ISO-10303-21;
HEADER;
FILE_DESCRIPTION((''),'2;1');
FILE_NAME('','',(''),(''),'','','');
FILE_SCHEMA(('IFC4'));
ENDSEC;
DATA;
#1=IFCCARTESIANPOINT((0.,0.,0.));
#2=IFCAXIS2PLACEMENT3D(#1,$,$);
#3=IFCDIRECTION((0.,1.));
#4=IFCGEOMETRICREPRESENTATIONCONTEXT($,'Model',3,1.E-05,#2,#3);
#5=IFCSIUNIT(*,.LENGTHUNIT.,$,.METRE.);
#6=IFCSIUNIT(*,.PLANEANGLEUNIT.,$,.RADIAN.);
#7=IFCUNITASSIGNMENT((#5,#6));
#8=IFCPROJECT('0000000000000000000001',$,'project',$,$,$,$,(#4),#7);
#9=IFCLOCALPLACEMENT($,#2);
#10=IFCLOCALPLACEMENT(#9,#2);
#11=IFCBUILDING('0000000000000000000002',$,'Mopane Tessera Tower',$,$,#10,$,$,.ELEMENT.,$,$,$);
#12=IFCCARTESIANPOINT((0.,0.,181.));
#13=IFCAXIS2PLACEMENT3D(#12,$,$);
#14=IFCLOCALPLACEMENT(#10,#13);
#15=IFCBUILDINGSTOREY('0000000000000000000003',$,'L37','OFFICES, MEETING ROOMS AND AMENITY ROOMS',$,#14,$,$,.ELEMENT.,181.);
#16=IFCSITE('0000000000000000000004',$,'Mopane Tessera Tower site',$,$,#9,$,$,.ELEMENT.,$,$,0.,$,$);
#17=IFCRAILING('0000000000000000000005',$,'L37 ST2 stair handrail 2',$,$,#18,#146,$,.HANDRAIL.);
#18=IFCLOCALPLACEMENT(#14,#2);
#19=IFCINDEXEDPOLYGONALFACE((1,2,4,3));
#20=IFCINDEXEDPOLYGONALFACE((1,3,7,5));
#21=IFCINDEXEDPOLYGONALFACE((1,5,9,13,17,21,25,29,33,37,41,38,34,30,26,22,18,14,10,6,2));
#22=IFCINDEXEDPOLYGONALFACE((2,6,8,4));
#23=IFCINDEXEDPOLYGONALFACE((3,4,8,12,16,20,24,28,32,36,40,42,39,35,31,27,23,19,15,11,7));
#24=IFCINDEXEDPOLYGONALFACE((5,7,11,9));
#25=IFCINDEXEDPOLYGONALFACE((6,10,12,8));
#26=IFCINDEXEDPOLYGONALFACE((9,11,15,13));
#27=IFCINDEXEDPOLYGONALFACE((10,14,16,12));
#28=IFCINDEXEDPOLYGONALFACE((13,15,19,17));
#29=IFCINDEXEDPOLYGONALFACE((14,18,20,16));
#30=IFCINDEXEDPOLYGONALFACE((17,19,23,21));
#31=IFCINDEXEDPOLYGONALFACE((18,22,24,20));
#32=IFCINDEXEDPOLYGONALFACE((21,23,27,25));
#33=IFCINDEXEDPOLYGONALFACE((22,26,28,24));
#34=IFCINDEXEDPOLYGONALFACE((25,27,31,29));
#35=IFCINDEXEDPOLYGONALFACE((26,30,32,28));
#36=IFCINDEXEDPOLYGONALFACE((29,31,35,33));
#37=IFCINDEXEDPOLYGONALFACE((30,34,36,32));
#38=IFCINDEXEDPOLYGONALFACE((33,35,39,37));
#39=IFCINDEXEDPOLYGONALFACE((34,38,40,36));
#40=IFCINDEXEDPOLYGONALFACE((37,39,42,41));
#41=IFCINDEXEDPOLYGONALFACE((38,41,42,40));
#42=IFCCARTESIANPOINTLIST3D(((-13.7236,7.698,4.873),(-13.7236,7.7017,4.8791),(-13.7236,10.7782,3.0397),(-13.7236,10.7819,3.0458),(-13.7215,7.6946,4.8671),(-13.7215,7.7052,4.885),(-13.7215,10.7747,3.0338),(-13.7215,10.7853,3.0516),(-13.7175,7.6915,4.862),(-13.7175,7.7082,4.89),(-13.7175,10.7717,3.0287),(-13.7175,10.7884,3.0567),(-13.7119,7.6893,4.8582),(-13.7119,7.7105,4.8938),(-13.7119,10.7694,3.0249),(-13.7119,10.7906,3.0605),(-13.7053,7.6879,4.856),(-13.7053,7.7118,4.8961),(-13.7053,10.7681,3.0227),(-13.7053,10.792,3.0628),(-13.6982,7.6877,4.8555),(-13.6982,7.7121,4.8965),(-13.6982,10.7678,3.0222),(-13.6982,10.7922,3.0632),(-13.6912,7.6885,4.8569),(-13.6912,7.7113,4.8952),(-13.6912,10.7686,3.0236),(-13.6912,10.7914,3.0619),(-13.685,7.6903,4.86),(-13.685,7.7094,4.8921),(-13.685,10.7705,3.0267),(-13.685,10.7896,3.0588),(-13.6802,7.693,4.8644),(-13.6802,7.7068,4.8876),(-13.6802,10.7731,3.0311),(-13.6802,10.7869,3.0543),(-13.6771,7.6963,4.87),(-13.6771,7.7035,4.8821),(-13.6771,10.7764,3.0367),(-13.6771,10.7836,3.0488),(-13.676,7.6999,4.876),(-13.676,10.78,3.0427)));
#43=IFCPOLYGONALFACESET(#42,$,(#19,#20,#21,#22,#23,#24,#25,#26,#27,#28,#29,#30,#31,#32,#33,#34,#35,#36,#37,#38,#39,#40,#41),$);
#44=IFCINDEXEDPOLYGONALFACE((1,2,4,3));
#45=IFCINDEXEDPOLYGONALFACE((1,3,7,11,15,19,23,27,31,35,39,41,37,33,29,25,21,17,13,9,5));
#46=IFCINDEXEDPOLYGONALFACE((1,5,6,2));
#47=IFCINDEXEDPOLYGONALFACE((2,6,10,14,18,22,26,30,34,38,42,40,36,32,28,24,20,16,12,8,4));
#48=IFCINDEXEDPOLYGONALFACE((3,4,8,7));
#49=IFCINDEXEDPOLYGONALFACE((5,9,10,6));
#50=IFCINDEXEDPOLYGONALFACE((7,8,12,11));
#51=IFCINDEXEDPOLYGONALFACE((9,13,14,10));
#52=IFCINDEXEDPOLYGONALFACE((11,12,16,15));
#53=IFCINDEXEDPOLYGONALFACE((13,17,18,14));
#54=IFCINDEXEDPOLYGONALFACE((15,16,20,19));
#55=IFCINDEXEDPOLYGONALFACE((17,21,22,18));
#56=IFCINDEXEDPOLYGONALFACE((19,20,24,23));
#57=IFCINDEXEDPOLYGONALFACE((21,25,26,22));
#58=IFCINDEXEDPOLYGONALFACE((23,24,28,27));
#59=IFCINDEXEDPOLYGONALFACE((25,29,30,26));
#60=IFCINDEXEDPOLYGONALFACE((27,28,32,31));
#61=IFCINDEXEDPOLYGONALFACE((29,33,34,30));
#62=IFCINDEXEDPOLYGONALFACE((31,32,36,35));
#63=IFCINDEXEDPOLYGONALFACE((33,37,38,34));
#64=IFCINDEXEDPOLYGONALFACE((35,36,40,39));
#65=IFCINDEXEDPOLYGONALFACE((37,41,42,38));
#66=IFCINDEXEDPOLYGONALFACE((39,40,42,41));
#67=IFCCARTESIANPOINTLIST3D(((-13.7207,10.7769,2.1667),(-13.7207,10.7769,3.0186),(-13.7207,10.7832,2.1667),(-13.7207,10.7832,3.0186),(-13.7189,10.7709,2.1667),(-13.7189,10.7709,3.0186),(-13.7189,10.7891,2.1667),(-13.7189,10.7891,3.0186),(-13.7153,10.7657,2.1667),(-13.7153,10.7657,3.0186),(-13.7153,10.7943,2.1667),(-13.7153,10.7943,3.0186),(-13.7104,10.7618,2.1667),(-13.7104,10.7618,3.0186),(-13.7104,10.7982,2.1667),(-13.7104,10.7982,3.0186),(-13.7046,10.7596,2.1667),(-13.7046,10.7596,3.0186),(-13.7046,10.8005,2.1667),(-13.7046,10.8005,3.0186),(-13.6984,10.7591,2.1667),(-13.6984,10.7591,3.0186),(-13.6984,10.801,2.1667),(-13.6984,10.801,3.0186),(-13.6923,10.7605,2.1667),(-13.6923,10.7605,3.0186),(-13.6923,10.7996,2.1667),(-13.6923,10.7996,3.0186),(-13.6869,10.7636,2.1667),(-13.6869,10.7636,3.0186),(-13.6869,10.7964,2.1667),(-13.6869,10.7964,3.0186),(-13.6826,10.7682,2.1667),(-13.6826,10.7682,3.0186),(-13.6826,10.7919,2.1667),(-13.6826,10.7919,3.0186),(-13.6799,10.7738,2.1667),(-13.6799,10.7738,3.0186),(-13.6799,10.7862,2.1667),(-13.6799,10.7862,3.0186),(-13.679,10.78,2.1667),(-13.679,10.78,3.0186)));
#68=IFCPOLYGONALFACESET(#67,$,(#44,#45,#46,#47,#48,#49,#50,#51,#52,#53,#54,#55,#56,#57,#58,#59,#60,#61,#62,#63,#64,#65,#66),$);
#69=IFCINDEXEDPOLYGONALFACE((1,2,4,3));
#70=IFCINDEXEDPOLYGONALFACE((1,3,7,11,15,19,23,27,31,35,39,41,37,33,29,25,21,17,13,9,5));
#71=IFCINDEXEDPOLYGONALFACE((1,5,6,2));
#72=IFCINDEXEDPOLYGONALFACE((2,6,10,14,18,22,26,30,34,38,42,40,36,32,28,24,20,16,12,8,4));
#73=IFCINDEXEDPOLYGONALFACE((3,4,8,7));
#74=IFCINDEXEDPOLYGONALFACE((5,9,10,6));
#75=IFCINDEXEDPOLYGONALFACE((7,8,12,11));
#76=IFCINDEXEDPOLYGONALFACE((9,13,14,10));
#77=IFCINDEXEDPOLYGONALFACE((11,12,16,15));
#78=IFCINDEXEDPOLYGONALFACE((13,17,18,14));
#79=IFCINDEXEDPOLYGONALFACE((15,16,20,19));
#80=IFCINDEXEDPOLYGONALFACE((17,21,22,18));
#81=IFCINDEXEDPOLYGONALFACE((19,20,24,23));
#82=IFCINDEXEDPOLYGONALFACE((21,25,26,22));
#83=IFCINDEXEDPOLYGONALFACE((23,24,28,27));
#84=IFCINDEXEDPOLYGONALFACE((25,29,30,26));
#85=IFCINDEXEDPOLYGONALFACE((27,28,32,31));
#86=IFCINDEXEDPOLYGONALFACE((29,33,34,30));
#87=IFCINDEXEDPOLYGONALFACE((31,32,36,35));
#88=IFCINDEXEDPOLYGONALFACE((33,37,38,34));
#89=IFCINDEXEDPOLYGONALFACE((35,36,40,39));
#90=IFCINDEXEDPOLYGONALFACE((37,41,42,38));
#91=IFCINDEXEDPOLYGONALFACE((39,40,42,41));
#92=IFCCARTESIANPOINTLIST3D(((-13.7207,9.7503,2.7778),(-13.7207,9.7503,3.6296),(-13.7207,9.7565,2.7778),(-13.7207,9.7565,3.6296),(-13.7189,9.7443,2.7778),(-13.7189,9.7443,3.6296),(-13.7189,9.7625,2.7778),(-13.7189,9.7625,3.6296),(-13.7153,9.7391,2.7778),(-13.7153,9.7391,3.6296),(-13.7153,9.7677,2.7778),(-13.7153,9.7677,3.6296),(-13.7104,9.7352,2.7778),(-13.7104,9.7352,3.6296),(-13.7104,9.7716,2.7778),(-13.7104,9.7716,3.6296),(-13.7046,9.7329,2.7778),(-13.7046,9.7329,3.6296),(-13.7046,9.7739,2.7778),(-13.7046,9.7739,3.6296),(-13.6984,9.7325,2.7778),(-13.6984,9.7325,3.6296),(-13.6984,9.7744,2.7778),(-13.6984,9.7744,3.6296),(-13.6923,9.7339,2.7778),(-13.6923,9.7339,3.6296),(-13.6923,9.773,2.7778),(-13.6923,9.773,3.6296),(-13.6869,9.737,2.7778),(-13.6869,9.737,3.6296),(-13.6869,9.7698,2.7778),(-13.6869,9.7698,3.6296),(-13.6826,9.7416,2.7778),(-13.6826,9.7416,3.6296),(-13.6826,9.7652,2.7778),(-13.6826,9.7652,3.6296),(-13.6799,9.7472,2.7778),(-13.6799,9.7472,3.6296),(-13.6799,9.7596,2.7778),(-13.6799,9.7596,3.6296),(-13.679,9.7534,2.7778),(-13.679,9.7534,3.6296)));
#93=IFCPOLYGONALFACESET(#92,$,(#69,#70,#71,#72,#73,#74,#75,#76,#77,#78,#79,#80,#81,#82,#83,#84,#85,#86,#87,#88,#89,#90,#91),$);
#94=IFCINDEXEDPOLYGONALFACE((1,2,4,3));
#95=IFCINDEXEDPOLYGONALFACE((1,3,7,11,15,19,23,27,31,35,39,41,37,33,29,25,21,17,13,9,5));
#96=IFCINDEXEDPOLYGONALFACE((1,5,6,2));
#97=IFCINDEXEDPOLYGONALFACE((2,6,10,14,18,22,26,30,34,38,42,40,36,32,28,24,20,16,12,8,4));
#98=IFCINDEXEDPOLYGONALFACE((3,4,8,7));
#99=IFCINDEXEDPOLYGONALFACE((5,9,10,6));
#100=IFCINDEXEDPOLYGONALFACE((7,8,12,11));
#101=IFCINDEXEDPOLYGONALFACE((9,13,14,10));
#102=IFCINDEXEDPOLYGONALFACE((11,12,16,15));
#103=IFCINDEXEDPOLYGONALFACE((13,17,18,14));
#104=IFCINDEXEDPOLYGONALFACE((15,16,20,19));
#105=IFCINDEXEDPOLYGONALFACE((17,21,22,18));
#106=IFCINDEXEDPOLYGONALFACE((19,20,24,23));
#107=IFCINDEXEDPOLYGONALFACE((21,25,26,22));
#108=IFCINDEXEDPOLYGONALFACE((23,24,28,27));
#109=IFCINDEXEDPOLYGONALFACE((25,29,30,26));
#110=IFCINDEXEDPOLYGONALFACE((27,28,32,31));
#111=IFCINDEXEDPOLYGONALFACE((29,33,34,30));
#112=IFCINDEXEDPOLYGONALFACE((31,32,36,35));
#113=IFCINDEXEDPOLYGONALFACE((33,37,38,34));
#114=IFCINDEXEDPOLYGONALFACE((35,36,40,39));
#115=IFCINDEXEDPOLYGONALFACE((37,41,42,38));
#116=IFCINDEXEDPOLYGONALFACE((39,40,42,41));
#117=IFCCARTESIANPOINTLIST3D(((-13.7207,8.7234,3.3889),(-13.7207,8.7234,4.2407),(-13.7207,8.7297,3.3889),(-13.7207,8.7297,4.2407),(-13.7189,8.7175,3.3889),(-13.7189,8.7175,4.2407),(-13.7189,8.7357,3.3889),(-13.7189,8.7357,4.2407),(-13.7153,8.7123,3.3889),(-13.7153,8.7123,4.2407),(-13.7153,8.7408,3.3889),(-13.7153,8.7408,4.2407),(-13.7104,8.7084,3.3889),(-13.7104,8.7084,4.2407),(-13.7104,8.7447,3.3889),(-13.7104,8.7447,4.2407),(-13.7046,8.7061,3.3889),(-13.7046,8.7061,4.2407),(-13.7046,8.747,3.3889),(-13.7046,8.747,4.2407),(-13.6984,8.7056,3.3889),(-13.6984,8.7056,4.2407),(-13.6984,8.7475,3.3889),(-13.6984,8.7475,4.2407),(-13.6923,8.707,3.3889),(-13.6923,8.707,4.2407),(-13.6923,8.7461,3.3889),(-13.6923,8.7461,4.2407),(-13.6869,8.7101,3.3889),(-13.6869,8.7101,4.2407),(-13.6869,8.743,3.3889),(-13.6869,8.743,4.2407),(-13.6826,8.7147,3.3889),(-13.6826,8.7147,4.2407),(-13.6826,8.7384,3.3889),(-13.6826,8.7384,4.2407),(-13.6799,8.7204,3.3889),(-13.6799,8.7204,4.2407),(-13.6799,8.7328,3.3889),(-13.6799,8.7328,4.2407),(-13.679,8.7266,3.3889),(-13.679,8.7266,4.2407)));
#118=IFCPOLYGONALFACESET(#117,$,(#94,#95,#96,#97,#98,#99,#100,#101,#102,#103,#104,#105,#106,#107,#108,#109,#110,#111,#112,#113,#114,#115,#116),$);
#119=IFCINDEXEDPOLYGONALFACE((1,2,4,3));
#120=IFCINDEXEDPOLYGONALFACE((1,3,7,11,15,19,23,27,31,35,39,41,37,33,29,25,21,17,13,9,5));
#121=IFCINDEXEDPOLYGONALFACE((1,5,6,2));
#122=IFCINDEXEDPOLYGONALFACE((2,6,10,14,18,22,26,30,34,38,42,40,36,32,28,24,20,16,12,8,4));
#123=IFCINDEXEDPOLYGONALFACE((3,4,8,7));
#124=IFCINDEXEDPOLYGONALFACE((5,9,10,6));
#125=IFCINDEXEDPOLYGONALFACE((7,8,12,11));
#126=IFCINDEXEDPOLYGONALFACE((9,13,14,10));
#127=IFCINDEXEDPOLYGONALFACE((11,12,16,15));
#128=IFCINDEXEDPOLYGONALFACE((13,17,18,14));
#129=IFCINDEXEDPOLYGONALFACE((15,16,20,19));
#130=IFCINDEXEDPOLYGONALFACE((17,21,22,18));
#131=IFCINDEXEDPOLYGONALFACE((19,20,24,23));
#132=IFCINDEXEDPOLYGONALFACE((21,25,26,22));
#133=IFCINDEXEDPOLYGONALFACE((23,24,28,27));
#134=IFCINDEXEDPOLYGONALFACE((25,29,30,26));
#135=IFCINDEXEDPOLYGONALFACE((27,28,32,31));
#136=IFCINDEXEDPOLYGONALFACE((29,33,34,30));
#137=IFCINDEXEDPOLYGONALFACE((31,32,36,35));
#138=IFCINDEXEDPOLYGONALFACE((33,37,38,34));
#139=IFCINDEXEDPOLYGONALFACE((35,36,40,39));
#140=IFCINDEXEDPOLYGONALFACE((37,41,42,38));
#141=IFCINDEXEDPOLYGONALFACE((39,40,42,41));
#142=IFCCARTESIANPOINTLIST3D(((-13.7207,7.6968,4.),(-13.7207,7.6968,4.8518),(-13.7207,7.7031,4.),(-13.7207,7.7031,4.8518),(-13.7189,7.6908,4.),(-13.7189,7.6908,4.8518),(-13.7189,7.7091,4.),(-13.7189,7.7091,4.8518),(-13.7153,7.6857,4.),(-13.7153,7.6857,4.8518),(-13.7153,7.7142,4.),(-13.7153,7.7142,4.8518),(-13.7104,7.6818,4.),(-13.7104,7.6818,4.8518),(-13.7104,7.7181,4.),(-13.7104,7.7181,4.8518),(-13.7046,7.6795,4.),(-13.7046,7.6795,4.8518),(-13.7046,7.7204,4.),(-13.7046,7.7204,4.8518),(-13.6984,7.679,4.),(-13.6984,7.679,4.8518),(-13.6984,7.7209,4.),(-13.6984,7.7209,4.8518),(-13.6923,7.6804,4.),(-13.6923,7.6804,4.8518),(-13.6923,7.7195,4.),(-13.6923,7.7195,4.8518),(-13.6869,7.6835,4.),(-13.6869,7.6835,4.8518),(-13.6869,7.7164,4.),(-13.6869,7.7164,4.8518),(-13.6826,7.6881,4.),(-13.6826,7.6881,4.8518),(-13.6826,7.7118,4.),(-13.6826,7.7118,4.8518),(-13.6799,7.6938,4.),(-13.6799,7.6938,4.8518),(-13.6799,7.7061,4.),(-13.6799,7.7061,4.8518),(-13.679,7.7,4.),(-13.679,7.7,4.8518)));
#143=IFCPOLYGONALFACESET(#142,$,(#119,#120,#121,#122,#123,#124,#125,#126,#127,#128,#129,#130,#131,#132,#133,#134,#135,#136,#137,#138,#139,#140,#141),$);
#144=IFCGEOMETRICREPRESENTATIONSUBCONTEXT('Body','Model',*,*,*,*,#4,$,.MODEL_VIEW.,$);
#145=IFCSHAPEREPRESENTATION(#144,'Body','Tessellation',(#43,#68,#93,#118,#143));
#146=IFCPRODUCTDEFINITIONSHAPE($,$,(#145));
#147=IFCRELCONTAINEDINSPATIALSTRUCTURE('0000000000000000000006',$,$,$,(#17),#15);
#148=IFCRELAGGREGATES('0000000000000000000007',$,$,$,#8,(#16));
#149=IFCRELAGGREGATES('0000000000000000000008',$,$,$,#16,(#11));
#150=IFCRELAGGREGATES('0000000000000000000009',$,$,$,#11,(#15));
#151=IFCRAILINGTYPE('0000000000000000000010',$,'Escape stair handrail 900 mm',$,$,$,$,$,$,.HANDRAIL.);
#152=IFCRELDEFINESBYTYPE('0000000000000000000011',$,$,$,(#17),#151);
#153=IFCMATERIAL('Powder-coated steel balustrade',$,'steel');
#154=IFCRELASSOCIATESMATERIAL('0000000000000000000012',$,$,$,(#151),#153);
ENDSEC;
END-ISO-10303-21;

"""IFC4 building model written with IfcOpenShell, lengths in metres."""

from ifc_helpers import new_model, si_unit, direction, frame, origin, origin_2d, place, context, subcontext, project, spatial, circle, extrude, material, type_object, element, save


model = new_model("IFC4")

# Units and contexts
model_context = context("Model", 3, precision=1e-05, world=origin(), true_north=direction((0.0, 1.0)))
body_context = subcontext(model_context, "Body", "Model", "MODEL_VIEW")
ifc_project = project(units=[si_unit("LENGTHUNIT", "METRE"), si_unit("PLANEANGLEUNIT", "RADIAN")], contexts=[model_context])

# Site, building, storey
site_placement = place(None, origin())
site = spatial("IfcSite", under=ifc_project, at=site_placement, Name="Mopane Tessera Tower site", CompositionType="ELEMENT", RefElevation=0.0)
building_placement = place(site_placement, origin())
building = spatial("IfcBuilding", under=site, at=building_placement, Name="Mopane Tessera Tower", CompositionType="ELEMENT")
storey_placement = place(building_placement, frame((0.0, 0.0, 181.0)))
storey = spatial("IfcBuildingStorey", under=building, at=storey_placement, Name="L37", Description="OFFICES, MEETING ROOMS AND AMENITY ROOMS", CompositionType="ELEMENT", Elevation=181.0)

# Railing
ifc_material_1 = material(Name="Powder-coated steel balustrade", Category="steel")
railing_type_1 = type_object("IfcRailingType", Name="Escape stair handrail 900 mm", PredefinedType="HANDRAIL", material=ifc_material_1)
railing_1_placement = place(storey_placement, frame((-13.7, 10.78, 2.1667)))
element("IfcRailing", 1, at=railing_1_placement, inside=storey, type_object=railing_type_1, Name="L37 ST2 stair handrail 2", PredefinedType="HANDRAIL", context=body_context, shape_type="SweptSolid", body=[
    extrude(circle(Radius=0.0239, at=origin_2d()), frame((0.0, 0.0, 0.876), z_axis=(0.0, -0.859309, 0.511458), x_axis=(1.0, 0.0, 0.0)), (0.0, 0.0, 1.0), 3.5845),
    extrude(circle(Radius=0.021, at=origin_2d()), origin(), (0.0, 0.0, 1.0), 0.8518),
    extrude(circle(Radius=0.021, at=origin_2d()), frame((0.0, -1.0266, 0.6111)), (0.0, 0.0, 1.0), 0.8518),
    extrude(circle(Radius=0.021, at=origin_2d()), frame((0.0, -2.0535, 1.2222)), (0.0, 0.0, 1.0), 0.8518),
    extrude(circle(Radius=0.021, at=origin_2d()), frame((0.0, -3.0801, 1.8333)), (0.0, 0.0, 1.0), 0.8518),
])

save(model, "model.ifc")
